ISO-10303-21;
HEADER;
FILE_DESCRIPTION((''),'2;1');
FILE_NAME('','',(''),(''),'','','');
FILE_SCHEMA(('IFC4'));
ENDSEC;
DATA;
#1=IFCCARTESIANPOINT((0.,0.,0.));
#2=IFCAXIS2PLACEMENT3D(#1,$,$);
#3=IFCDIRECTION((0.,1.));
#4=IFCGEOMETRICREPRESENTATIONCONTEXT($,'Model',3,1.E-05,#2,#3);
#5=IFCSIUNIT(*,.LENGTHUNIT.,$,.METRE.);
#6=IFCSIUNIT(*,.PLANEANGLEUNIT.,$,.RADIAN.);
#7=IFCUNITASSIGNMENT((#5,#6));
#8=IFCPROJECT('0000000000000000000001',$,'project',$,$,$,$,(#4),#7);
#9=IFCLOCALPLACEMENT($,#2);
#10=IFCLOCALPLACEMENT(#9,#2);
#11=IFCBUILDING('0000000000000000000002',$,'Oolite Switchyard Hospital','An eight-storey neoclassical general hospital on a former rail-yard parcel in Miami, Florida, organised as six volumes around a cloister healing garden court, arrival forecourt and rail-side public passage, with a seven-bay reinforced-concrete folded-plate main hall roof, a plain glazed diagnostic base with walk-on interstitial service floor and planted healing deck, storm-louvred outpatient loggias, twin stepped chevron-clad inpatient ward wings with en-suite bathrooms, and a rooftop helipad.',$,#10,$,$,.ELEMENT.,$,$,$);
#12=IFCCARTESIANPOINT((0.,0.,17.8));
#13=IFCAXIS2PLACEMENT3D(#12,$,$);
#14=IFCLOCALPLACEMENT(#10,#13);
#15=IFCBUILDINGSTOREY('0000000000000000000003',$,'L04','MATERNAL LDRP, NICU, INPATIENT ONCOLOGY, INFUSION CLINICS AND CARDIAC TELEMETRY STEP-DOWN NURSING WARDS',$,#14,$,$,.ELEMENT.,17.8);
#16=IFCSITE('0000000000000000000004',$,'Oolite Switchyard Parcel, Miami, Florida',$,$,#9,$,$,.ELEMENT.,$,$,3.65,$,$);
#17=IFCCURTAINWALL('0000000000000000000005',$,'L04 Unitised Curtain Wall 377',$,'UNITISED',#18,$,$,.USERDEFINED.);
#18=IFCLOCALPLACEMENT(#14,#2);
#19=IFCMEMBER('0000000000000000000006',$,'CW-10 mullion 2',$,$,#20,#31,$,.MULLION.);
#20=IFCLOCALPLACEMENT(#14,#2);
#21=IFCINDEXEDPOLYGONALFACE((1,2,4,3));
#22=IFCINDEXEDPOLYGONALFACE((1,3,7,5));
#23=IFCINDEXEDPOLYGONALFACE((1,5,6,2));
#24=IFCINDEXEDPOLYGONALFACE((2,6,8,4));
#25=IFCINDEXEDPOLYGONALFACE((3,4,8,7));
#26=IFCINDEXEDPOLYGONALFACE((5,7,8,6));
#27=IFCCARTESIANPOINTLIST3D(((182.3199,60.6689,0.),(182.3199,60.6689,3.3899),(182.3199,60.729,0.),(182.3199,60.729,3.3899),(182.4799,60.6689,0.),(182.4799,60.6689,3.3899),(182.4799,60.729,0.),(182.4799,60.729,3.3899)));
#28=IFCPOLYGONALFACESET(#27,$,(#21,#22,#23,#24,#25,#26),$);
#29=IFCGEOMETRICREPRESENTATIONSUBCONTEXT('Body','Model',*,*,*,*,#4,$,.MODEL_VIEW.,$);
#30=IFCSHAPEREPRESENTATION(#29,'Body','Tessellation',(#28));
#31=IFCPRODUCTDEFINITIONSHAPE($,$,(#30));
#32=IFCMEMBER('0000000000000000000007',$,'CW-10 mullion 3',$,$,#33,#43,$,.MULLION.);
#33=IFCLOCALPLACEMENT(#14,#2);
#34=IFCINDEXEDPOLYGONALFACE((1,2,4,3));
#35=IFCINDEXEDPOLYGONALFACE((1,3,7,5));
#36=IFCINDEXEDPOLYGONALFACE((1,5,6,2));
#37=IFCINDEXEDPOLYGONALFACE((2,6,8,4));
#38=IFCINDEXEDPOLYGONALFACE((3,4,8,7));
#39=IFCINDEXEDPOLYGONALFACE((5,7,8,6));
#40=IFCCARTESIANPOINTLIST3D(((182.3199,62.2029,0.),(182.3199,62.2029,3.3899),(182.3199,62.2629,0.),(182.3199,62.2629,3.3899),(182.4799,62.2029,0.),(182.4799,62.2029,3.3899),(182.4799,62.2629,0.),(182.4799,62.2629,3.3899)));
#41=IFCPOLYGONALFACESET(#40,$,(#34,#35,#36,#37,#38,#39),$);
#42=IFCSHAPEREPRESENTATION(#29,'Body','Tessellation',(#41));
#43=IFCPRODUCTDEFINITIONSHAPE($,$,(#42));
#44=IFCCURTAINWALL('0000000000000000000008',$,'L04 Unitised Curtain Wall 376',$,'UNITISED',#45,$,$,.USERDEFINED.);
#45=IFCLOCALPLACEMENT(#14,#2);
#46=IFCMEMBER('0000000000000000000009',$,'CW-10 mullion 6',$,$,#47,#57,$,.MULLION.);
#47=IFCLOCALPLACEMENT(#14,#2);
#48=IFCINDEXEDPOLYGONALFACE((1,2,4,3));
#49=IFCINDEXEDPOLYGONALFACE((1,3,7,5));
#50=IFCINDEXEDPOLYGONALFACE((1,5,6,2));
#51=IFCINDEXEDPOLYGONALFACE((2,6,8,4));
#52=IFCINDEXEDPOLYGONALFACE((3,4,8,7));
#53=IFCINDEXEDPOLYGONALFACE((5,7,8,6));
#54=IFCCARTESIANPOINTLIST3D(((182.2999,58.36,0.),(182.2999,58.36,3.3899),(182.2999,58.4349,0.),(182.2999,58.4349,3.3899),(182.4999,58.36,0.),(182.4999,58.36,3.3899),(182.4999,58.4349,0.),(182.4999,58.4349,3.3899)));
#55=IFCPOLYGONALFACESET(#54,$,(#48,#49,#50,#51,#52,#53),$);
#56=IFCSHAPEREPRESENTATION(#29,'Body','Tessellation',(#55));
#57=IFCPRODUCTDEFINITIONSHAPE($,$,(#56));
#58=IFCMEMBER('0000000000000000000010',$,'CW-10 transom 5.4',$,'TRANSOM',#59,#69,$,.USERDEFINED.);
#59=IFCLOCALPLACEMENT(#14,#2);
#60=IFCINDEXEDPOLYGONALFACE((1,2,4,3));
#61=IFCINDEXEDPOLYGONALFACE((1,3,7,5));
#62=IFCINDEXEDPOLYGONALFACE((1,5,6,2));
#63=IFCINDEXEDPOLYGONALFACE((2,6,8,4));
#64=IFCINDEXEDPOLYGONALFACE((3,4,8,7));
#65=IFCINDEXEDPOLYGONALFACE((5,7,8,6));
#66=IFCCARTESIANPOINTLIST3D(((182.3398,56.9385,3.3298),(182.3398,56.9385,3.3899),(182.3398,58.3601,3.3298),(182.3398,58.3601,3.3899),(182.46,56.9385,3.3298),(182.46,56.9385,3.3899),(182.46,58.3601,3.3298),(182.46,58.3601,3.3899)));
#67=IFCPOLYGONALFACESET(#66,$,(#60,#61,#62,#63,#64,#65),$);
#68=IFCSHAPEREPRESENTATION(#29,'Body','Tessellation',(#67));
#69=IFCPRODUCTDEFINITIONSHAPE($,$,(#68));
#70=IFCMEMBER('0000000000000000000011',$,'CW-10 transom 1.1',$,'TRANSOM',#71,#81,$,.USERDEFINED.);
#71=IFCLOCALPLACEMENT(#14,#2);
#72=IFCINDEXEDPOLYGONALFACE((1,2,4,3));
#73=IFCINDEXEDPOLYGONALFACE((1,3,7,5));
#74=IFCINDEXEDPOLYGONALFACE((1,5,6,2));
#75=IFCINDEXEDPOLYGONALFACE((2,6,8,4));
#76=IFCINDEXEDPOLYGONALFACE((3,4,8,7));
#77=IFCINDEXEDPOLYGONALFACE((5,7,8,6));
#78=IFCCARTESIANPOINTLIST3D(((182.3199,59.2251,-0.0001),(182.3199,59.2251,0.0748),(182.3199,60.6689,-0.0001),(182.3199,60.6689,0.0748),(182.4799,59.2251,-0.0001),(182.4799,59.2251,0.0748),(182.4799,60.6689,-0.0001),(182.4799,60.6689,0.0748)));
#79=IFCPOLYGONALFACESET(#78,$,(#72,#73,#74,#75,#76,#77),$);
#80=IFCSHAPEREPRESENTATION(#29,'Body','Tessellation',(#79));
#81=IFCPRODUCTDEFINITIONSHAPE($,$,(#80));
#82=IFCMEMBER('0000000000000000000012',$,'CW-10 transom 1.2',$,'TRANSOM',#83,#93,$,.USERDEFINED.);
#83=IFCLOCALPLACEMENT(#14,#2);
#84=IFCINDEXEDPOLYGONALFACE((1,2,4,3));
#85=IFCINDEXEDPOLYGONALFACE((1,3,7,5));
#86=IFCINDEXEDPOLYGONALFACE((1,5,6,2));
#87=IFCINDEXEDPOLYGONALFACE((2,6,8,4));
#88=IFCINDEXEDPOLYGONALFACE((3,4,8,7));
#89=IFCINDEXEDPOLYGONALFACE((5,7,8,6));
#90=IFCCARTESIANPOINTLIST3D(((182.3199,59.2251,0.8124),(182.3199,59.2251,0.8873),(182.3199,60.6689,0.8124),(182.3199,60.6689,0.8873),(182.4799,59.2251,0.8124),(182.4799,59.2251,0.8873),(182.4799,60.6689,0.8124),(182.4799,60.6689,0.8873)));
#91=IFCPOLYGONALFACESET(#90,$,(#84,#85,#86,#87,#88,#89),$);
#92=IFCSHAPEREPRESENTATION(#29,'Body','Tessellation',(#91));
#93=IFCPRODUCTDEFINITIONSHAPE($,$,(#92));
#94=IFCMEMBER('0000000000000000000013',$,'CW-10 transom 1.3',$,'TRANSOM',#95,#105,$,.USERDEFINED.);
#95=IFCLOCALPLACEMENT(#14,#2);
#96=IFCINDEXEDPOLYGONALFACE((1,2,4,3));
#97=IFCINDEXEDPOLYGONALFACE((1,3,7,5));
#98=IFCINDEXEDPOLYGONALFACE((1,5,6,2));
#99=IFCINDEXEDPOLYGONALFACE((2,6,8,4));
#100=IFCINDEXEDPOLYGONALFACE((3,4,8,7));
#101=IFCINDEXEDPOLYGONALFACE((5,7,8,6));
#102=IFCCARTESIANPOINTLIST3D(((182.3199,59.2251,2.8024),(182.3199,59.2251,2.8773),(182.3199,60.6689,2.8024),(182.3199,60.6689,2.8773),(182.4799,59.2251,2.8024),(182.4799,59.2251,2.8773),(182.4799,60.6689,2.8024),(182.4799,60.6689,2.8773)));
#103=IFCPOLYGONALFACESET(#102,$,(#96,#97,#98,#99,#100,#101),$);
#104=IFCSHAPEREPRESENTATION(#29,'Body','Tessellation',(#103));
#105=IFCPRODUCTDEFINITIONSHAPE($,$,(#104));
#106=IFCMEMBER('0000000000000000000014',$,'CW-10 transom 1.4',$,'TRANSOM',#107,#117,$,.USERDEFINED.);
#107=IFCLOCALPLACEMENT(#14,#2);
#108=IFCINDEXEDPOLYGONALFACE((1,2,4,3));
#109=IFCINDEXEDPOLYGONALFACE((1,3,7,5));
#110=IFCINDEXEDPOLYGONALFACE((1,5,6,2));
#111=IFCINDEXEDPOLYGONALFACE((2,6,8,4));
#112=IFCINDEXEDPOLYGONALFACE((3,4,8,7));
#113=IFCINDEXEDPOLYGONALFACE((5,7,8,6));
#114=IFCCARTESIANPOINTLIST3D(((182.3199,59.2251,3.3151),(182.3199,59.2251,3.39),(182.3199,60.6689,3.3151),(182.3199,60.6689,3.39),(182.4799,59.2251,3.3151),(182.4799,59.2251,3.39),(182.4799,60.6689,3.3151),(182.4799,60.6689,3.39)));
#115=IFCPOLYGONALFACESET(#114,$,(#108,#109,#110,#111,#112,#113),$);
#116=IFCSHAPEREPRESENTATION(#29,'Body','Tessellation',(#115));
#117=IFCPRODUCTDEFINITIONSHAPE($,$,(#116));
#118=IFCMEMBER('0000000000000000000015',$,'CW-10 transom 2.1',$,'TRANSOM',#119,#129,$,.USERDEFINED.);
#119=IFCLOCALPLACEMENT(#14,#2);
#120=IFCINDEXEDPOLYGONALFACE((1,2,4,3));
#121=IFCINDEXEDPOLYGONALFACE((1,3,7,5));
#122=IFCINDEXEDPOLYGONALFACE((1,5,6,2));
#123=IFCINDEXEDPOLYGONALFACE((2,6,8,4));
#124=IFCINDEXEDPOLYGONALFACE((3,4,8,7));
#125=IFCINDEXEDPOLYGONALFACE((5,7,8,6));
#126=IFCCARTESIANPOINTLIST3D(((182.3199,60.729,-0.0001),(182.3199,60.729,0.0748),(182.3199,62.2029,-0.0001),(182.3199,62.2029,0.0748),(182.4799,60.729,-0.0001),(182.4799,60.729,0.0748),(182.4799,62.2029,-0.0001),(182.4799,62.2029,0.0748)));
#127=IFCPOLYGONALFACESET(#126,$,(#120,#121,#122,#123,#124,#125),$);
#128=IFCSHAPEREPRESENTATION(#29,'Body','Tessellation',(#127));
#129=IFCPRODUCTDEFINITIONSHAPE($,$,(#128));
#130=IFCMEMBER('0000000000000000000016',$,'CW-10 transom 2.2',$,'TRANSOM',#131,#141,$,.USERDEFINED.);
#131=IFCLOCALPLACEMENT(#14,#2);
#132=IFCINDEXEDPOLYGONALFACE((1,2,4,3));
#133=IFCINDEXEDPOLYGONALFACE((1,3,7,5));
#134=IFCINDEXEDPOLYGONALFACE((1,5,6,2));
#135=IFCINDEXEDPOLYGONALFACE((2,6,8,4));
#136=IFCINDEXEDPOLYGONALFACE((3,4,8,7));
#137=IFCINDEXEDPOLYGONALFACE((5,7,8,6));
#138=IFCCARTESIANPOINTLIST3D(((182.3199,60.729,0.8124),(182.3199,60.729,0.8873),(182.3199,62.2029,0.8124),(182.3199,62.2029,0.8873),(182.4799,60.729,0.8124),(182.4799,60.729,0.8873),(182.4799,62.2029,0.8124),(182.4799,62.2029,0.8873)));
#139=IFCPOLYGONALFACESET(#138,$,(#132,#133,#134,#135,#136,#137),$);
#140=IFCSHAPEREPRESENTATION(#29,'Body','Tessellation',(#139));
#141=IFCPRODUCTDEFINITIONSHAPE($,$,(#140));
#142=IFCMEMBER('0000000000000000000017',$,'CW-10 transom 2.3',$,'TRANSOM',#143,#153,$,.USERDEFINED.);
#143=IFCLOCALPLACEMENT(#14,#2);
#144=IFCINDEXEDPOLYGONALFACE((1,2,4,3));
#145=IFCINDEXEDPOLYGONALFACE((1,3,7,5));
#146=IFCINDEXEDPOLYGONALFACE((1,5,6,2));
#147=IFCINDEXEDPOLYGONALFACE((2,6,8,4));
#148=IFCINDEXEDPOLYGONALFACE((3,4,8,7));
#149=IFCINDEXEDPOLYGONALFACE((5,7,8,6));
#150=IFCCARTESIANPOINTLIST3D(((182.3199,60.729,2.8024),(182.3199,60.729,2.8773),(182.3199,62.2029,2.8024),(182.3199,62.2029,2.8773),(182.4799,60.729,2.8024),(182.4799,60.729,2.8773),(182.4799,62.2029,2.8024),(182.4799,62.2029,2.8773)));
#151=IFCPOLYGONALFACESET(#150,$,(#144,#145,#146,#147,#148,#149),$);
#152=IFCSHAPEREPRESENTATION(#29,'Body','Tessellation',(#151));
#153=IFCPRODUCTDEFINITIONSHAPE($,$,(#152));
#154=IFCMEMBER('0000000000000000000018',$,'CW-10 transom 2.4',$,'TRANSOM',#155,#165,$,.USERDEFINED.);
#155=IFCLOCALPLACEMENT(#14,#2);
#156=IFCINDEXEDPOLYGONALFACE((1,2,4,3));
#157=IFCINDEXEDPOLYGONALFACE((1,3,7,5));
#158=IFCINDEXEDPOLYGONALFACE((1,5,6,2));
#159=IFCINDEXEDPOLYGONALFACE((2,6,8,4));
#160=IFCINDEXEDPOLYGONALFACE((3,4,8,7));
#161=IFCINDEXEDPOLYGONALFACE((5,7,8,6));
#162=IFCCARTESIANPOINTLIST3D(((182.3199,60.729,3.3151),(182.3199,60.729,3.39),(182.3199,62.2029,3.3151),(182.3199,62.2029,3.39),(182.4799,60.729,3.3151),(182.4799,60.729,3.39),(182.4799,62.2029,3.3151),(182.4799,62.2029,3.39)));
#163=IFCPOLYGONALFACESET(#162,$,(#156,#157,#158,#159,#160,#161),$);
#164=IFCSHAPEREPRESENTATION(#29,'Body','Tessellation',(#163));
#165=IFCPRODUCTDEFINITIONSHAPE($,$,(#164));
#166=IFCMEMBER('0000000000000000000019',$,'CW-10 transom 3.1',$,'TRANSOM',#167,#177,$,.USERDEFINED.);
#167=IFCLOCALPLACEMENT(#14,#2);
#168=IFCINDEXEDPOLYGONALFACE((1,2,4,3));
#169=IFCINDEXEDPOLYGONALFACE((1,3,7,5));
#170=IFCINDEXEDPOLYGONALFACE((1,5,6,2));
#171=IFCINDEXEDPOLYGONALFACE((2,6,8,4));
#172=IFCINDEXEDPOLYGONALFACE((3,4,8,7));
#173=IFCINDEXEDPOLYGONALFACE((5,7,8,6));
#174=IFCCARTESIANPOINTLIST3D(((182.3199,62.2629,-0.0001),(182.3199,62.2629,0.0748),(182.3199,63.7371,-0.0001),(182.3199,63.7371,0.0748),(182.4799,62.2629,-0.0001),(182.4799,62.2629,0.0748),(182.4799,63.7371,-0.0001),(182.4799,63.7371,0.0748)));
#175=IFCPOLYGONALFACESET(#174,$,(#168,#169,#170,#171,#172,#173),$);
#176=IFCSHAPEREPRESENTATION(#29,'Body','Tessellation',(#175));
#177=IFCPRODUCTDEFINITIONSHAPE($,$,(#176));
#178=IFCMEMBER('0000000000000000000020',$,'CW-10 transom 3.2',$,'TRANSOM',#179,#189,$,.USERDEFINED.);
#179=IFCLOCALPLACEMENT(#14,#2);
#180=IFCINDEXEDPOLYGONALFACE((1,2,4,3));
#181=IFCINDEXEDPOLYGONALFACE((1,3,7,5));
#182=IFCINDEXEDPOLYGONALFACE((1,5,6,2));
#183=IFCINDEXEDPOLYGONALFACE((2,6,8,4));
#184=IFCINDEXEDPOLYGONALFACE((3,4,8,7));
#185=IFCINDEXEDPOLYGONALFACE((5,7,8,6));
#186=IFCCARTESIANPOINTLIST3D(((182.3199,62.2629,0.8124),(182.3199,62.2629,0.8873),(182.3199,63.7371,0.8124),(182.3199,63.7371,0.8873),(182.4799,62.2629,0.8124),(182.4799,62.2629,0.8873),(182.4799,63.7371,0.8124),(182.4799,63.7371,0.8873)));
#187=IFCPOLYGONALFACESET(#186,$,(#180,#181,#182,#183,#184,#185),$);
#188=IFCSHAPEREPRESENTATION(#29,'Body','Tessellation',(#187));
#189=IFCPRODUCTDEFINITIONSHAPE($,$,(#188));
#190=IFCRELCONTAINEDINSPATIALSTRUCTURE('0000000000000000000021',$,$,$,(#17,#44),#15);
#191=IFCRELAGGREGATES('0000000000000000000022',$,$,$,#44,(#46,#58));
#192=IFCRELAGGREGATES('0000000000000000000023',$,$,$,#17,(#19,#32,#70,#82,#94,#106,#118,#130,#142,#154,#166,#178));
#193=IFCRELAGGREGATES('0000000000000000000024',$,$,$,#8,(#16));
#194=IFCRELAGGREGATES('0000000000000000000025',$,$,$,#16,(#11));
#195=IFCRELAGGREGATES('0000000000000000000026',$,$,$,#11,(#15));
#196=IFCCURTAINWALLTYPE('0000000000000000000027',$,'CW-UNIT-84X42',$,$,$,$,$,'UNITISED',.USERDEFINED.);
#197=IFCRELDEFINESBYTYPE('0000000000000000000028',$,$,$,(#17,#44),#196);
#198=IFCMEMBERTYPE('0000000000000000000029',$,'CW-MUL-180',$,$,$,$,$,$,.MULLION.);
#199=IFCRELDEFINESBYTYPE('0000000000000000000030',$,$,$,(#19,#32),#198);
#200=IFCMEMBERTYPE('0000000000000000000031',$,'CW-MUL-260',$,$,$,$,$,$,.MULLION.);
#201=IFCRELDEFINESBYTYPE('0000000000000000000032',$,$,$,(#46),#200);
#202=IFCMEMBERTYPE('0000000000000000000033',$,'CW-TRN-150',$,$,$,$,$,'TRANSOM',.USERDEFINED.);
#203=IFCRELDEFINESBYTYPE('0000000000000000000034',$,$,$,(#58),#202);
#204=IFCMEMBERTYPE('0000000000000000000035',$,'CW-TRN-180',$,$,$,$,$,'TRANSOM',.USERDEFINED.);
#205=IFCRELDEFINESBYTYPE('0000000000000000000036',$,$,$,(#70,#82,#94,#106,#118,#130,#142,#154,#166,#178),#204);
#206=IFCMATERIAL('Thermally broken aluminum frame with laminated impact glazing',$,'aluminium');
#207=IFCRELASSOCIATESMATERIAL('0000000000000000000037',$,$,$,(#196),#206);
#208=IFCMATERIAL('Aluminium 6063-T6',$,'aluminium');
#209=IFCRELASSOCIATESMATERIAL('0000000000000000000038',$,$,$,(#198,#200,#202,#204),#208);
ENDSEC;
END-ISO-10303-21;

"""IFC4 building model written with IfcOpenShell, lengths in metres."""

from ifc_helpers import new_model, si_unit, direction, frame, origin, origin_2d, place, context, subcontext, project, spatial, rectangle, extrude, material, material_profile, profile_set, type_object, element, aggregate, save


model = new_model("IFC4")

# Units and contexts
model_context = context("Model", 3, precision=1e-05, world=origin(), true_north=direction((0.0, 1.0)))
body_context = subcontext(model_context, "Body", "Model", "MODEL_VIEW")
ifc_project = project(units=[si_unit("LENGTHUNIT", "METRE"), si_unit("PLANEANGLEUNIT", "RADIAN")], contexts=[model_context])

# Site, building, storey
site_placement = place(None, origin())
site = spatial("IfcSite", under=ifc_project, at=site_placement, Name="Oolite Switchyard Parcel, Miami, Florida", CompositionType="ELEMENT", RefElevation=3.65)
building_placement = place(site_placement, origin())
building = spatial("IfcBuilding", under=site, at=building_placement, Name="Oolite Switchyard Hospital", Description="An eight-storey neoclassical general hospital on a former rail-yard parcel in Miami, Florida, organised as six volumes around a cloister healing garden court, arrival forecourt and rail-side public passage, with a seven-bay reinforced-concrete folded-plate main hall roof, a plain glazed diagnostic base with walk-on interstitial service floor and planted healing deck, storm-louvred outpatient loggias, twin stepped chevron-clad inpatient ward wings with en-suite bathrooms, and a rooftop helipad.", CompositionType="ELEMENT")
storey_placement = place(building_placement, frame((0.0, 0.0, 17.8)))
storey = spatial("IfcBuildingStorey", under=building, at=storey_placement, Name="L04", Description="MATERNAL LDRP, NICU, INPATIENT ONCOLOGY, INFUSION CLINICS AND CARDIAC TELEMETRY STEP-DOWN NURSING WARDS", CompositionType="ELEMENT", Elevation=17.8)

# Curtain walls, members
ifc_material_1 = material(Name="Thermally broken aluminum frame with laminated impact glazing", Category="aluminium")
curtain_wall_type = type_object("IfcCurtainWallType", Name="CW-UNIT-84X42", ElementType="UNITISED", PredefinedType="USERDEFINED", material=ifc_material_1)
curtain_wall_1_placement = place(storey_placement, origin())
curtain_wall_1 = element("IfcCurtainWall", 1, at=curtain_wall_1_placement, inside=storey, type_object=curtain_wall_type, Name="L04 Unitised Curtain Wall 377", ObjectType="UNITISED", PredefinedType="USERDEFINED")
ifc_material_2 = material(Name="Aluminium 6063-T6", Category="aluminium")
ifc_material_profile_1 = material_profile(ifc_material_2, rectangle(XDim=0.1599, YDim=0.0601, at=origin_2d()), Name="CWM60X160")
ifc_profile_set_1 = profile_set([ifc_material_profile_1], Name="Aluminium 6063-T6")
member_type_1 = type_object("IfcMemberType", Name="CW-MUL-180", PredefinedType="MULLION", material=ifc_profile_set_1)
member_1_placement = place(storey_placement, frame((182.3999, 60.699, 0.0), z_axis=(0.0, 0.0, 1.0), x_axis=(-1.0, 0.0, 0.0)))
member_1 = element("IfcMember", 2, at=member_1_placement, type_object=member_type_1, Name="CW-10 mullion 2", PredefinedType="MULLION", context=body_context, shape_type="SweptSolid", body=[
    extrude(rectangle(XDim=0.1599, YDim=0.0601, at=origin_2d()), origin(), (0.0, 0.0, 1.0), 3.3899),
])
member_2_placement = place(storey_placement, frame((182.3999, 62.2329, 0.0), z_axis=(0.0, 0.0, 1.0), x_axis=(-1.0, 0.0, 0.0)))
member_2 = element("IfcMember", 3, at=member_2_placement, type_object=member_type_1, Name="CW-10 mullion 3", PredefinedType="MULLION", context=body_context, shape_type="SweptSolid", body=[
    extrude(rectangle(XDim=0.1599, YDim=0.0601, at=origin_2d()), origin(), (0.0, 0.0, 1.0), 3.3899),
])
curtain_wall_2_placement = place(storey_placement, origin())
curtain_wall_2 = element("IfcCurtainWall", 4, at=curtain_wall_2_placement, inside=storey, type_object=curtain_wall_type, Name="L04 Unitised Curtain Wall 376", ObjectType="UNITISED", PredefinedType="USERDEFINED")
ifc_material_profile_2 = material_profile(ifc_material_2, rectangle(XDim=0.2, YDim=0.075, at=origin_2d()), Name="CWM75X200")
ifc_profile_set_2 = profile_set([ifc_material_profile_2], Name="Aluminium 6063-T6")
member_type_2 = type_object("IfcMemberType", Name="CW-MUL-260", PredefinedType="MULLION", material=ifc_profile_set_2)
member_3_placement = place(storey_placement, frame((182.3999, 58.3975, 0.0), z_axis=(0.0, 0.0, 1.0), x_axis=(-1.0, 0.0, 0.0)))
member_3 = element("IfcMember", 5, at=member_3_placement, type_object=member_type_2, Name="CW-10 mullion 6", PredefinedType="MULLION", context=body_context, shape_type="SweptSolid", body=[
    extrude(rectangle(XDim=0.2, YDim=0.075, at=origin_2d()), origin(), (0.0, 0.0, 1.0), 3.3899),
])
ifc_material_profile_3 = material_profile(ifc_material_2, rectangle(XDim=0.1201, YDim=0.0601, at=origin_2d()), Name="CWT60X120")
ifc_profile_set_3 = profile_set([ifc_material_profile_3], Name="Aluminium 6063-T6")
member_type_3 = type_object("IfcMemberType", Name="CW-TRN-150", ElementType="TRANSOM", PredefinedType="USERDEFINED", material=ifc_profile_set_3)
member_4_placement = place(storey_placement, frame((182.3999, 56.9385, 3.3599), z_axis=(0.0, 1.0, 0.0), x_axis=(-1.0, 0.0, 0.0)))
member_4 = element("IfcMember", 6, at=member_4_placement, type_object=member_type_3, Name="CW-10 transom 5.4", ObjectType="TRANSOM", PredefinedType="USERDEFINED", context=body_context, shape_type="SweptSolid", body=[
    extrude(rectangle(XDim=0.1201, YDim=0.0601, at=origin_2d()), origin(), (0.0, 0.0, 1.0), 1.4216),
])

# Members
ifc_material_profile_4 = material_profile(ifc_material_2, rectangle(XDim=0.1599, YDim=0.075, at=origin_2d()), Name="CWT75X160")
ifc_profile_set_4 = profile_set([ifc_material_profile_4], Name="Aluminium 6063-T6")
member_type_4 = type_object("IfcMemberType", Name="CW-TRN-180", ElementType="TRANSOM", PredefinedType="USERDEFINED", material=ifc_profile_set_4)
member_5_placement = place(storey_placement, frame((182.3999, 59.2251, 0.0374), z_axis=(0.0, 1.0, 0.0), x_axis=(-1.0, 0.0, 0.0)))
member_5 = element("IfcMember", 7, at=member_5_placement, type_object=member_type_4, Name="CW-10 transom 1.1", ObjectType="TRANSOM", PredefinedType="USERDEFINED", context=body_context, shape_type="SweptSolid", body=[
    extrude(rectangle(XDim=0.1599, YDim=0.075, at=origin_2d()), origin(), (0.0, 0.0, 1.0), 1.4438),
])
member_6_placement = place(storey_placement, frame((182.3999, 59.2251, 0.8499), z_axis=(0.0, 1.0, 0.0), x_axis=(-1.0, 0.0, 0.0)))
member_6 = element("IfcMember", 8, at=member_6_placement, type_object=member_type_4, Name="CW-10 transom 1.2", ObjectType="TRANSOM", PredefinedType="USERDEFINED", context=body_context, shape_type="SweptSolid", body=[
    extrude(rectangle(XDim=0.1599, YDim=0.075, at=origin_2d()), origin(), (0.0, 0.0, 1.0), 1.4438),
])
member_7_placement = place(storey_placement, frame((182.3999, 59.2251, 2.8398), z_axis=(0.0, 1.0, 0.0), x_axis=(-1.0, 0.0, 0.0)))
member_7 = element("IfcMember", 9, at=member_7_placement, type_object=member_type_4, Name="CW-10 transom 1.3", ObjectType="TRANSOM", PredefinedType="USERDEFINED", context=body_context, shape_type="SweptSolid", body=[
    extrude(rectangle(XDim=0.1599, YDim=0.075, at=origin_2d()), origin(), (0.0, 0.0, 1.0), 1.4438),
])
member_8_placement = place(storey_placement, frame((182.3999, 59.2251, 3.3525), z_axis=(0.0, 1.0, 0.0), x_axis=(-1.0, 0.0, 0.0)))
member_8 = element("IfcMember", 10, at=member_8_placement, type_object=member_type_4, Name="CW-10 transom 1.4", ObjectType="TRANSOM", PredefinedType="USERDEFINED", context=body_context, shape_type="SweptSolid", body=[
    extrude(rectangle(XDim=0.1599, YDim=0.075, at=origin_2d()), origin(), (0.0, 0.0, 1.0), 1.4438),
])
member_9_placement = place(storey_placement, frame((182.3999, 60.729, 0.0374), z_axis=(0.0, 1.0, 0.0), x_axis=(-1.0, 0.0, 0.0)))
member_9 = element("IfcMember", 11, at=member_9_placement, type_object=member_type_4, Name="CW-10 transom 2.1", ObjectType="TRANSOM", PredefinedType="USERDEFINED", context=body_context, shape_type="SweptSolid", body=[
    extrude(rectangle(XDim=0.1599, YDim=0.075, at=origin_2d()), origin(), (0.0, 0.0, 1.0), 1.4739),
])
member_10_placement = place(storey_placement, frame((182.3999, 60.729, 0.8499), z_axis=(0.0, 1.0, 0.0), x_axis=(-1.0, 0.0, 0.0)))
member_10 = element("IfcMember", 12, at=member_10_placement, type_object=member_type_4, Name="CW-10 transom 2.2", ObjectType="TRANSOM", PredefinedType="USERDEFINED", context=body_context, shape_type="SweptSolid", body=[
    extrude(rectangle(XDim=0.1599, YDim=0.075, at=origin_2d()), origin(), (0.0, 0.0, 1.0), 1.4739),
])
member_11_placement = place(storey_placement, frame((182.3999, 60.729, 2.8398), z_axis=(0.0, 1.0, 0.0), x_axis=(-1.0, 0.0, 0.0)))
member_11 = element("IfcMember", 13, at=member_11_placement, type_object=member_type_4, Name="CW-10 transom 2.3", ObjectType="TRANSOM", PredefinedType="USERDEFINED", context=body_context, shape_type="SweptSolid", body=[
    extrude(rectangle(XDim=0.1599, YDim=0.075, at=origin_2d()), origin(), (0.0, 0.0, 1.0), 1.4739),
])
member_12_placement = place(storey_placement, frame((182.3999, 60.729, 3.3525), z_axis=(0.0, 1.0, 0.0), x_axis=(-1.0, 0.0, 0.0)))
member_12 = element("IfcMember", 14, at=member_12_placement, type_object=member_type_4, Name="CW-10 transom 2.4", ObjectType="TRANSOM", PredefinedType="USERDEFINED", context=body_context, shape_type="SweptSolid", body=[
    extrude(rectangle(XDim=0.1599, YDim=0.075, at=origin_2d()), origin(), (0.0, 0.0, 1.0), 1.4739),
])
member_13_placement = place(storey_placement, frame((182.3999, 62.2629, 0.0374), z_axis=(0.0, 1.0, 0.0), x_axis=(-1.0, 0.0, 0.0)))
member_13 = element("IfcMember", 15, at=member_13_placement, type_object=member_type_4, Name="CW-10 transom 3.1", ObjectType="TRANSOM", PredefinedType="USERDEFINED", context=body_context, shape_type="SweptSolid", body=[
    extrude(rectangle(XDim=0.1599, YDim=0.075, at=origin_2d()), origin(), (0.0, 0.0, 1.0), 1.4741),
])
member_14_placement = place(storey_placement, frame((182.3999, 62.2629, 0.8499), z_axis=(0.0, 1.0, 0.0), x_axis=(-1.0, 0.0, 0.0)))
member_14 = element("IfcMember", 16, at=member_14_placement, type_object=member_type_4, Name="CW-10 transom 3.2", ObjectType="TRANSOM", PredefinedType="USERDEFINED", context=body_context, shape_type="SweptSolid", body=[
    extrude(rectangle(XDim=0.1599, YDim=0.075, at=origin_2d()), origin(), (0.0, 0.0, 1.0), 1.4741),
])

aggregate(curtain_wall_2, [member_3, member_4])
aggregate(curtain_wall_1, [member_1, member_2, member_5, member_6, member_7, member_8, member_9, member_10, member_11, member_12, member_13, member_14])

save(model, "model.ifc")
